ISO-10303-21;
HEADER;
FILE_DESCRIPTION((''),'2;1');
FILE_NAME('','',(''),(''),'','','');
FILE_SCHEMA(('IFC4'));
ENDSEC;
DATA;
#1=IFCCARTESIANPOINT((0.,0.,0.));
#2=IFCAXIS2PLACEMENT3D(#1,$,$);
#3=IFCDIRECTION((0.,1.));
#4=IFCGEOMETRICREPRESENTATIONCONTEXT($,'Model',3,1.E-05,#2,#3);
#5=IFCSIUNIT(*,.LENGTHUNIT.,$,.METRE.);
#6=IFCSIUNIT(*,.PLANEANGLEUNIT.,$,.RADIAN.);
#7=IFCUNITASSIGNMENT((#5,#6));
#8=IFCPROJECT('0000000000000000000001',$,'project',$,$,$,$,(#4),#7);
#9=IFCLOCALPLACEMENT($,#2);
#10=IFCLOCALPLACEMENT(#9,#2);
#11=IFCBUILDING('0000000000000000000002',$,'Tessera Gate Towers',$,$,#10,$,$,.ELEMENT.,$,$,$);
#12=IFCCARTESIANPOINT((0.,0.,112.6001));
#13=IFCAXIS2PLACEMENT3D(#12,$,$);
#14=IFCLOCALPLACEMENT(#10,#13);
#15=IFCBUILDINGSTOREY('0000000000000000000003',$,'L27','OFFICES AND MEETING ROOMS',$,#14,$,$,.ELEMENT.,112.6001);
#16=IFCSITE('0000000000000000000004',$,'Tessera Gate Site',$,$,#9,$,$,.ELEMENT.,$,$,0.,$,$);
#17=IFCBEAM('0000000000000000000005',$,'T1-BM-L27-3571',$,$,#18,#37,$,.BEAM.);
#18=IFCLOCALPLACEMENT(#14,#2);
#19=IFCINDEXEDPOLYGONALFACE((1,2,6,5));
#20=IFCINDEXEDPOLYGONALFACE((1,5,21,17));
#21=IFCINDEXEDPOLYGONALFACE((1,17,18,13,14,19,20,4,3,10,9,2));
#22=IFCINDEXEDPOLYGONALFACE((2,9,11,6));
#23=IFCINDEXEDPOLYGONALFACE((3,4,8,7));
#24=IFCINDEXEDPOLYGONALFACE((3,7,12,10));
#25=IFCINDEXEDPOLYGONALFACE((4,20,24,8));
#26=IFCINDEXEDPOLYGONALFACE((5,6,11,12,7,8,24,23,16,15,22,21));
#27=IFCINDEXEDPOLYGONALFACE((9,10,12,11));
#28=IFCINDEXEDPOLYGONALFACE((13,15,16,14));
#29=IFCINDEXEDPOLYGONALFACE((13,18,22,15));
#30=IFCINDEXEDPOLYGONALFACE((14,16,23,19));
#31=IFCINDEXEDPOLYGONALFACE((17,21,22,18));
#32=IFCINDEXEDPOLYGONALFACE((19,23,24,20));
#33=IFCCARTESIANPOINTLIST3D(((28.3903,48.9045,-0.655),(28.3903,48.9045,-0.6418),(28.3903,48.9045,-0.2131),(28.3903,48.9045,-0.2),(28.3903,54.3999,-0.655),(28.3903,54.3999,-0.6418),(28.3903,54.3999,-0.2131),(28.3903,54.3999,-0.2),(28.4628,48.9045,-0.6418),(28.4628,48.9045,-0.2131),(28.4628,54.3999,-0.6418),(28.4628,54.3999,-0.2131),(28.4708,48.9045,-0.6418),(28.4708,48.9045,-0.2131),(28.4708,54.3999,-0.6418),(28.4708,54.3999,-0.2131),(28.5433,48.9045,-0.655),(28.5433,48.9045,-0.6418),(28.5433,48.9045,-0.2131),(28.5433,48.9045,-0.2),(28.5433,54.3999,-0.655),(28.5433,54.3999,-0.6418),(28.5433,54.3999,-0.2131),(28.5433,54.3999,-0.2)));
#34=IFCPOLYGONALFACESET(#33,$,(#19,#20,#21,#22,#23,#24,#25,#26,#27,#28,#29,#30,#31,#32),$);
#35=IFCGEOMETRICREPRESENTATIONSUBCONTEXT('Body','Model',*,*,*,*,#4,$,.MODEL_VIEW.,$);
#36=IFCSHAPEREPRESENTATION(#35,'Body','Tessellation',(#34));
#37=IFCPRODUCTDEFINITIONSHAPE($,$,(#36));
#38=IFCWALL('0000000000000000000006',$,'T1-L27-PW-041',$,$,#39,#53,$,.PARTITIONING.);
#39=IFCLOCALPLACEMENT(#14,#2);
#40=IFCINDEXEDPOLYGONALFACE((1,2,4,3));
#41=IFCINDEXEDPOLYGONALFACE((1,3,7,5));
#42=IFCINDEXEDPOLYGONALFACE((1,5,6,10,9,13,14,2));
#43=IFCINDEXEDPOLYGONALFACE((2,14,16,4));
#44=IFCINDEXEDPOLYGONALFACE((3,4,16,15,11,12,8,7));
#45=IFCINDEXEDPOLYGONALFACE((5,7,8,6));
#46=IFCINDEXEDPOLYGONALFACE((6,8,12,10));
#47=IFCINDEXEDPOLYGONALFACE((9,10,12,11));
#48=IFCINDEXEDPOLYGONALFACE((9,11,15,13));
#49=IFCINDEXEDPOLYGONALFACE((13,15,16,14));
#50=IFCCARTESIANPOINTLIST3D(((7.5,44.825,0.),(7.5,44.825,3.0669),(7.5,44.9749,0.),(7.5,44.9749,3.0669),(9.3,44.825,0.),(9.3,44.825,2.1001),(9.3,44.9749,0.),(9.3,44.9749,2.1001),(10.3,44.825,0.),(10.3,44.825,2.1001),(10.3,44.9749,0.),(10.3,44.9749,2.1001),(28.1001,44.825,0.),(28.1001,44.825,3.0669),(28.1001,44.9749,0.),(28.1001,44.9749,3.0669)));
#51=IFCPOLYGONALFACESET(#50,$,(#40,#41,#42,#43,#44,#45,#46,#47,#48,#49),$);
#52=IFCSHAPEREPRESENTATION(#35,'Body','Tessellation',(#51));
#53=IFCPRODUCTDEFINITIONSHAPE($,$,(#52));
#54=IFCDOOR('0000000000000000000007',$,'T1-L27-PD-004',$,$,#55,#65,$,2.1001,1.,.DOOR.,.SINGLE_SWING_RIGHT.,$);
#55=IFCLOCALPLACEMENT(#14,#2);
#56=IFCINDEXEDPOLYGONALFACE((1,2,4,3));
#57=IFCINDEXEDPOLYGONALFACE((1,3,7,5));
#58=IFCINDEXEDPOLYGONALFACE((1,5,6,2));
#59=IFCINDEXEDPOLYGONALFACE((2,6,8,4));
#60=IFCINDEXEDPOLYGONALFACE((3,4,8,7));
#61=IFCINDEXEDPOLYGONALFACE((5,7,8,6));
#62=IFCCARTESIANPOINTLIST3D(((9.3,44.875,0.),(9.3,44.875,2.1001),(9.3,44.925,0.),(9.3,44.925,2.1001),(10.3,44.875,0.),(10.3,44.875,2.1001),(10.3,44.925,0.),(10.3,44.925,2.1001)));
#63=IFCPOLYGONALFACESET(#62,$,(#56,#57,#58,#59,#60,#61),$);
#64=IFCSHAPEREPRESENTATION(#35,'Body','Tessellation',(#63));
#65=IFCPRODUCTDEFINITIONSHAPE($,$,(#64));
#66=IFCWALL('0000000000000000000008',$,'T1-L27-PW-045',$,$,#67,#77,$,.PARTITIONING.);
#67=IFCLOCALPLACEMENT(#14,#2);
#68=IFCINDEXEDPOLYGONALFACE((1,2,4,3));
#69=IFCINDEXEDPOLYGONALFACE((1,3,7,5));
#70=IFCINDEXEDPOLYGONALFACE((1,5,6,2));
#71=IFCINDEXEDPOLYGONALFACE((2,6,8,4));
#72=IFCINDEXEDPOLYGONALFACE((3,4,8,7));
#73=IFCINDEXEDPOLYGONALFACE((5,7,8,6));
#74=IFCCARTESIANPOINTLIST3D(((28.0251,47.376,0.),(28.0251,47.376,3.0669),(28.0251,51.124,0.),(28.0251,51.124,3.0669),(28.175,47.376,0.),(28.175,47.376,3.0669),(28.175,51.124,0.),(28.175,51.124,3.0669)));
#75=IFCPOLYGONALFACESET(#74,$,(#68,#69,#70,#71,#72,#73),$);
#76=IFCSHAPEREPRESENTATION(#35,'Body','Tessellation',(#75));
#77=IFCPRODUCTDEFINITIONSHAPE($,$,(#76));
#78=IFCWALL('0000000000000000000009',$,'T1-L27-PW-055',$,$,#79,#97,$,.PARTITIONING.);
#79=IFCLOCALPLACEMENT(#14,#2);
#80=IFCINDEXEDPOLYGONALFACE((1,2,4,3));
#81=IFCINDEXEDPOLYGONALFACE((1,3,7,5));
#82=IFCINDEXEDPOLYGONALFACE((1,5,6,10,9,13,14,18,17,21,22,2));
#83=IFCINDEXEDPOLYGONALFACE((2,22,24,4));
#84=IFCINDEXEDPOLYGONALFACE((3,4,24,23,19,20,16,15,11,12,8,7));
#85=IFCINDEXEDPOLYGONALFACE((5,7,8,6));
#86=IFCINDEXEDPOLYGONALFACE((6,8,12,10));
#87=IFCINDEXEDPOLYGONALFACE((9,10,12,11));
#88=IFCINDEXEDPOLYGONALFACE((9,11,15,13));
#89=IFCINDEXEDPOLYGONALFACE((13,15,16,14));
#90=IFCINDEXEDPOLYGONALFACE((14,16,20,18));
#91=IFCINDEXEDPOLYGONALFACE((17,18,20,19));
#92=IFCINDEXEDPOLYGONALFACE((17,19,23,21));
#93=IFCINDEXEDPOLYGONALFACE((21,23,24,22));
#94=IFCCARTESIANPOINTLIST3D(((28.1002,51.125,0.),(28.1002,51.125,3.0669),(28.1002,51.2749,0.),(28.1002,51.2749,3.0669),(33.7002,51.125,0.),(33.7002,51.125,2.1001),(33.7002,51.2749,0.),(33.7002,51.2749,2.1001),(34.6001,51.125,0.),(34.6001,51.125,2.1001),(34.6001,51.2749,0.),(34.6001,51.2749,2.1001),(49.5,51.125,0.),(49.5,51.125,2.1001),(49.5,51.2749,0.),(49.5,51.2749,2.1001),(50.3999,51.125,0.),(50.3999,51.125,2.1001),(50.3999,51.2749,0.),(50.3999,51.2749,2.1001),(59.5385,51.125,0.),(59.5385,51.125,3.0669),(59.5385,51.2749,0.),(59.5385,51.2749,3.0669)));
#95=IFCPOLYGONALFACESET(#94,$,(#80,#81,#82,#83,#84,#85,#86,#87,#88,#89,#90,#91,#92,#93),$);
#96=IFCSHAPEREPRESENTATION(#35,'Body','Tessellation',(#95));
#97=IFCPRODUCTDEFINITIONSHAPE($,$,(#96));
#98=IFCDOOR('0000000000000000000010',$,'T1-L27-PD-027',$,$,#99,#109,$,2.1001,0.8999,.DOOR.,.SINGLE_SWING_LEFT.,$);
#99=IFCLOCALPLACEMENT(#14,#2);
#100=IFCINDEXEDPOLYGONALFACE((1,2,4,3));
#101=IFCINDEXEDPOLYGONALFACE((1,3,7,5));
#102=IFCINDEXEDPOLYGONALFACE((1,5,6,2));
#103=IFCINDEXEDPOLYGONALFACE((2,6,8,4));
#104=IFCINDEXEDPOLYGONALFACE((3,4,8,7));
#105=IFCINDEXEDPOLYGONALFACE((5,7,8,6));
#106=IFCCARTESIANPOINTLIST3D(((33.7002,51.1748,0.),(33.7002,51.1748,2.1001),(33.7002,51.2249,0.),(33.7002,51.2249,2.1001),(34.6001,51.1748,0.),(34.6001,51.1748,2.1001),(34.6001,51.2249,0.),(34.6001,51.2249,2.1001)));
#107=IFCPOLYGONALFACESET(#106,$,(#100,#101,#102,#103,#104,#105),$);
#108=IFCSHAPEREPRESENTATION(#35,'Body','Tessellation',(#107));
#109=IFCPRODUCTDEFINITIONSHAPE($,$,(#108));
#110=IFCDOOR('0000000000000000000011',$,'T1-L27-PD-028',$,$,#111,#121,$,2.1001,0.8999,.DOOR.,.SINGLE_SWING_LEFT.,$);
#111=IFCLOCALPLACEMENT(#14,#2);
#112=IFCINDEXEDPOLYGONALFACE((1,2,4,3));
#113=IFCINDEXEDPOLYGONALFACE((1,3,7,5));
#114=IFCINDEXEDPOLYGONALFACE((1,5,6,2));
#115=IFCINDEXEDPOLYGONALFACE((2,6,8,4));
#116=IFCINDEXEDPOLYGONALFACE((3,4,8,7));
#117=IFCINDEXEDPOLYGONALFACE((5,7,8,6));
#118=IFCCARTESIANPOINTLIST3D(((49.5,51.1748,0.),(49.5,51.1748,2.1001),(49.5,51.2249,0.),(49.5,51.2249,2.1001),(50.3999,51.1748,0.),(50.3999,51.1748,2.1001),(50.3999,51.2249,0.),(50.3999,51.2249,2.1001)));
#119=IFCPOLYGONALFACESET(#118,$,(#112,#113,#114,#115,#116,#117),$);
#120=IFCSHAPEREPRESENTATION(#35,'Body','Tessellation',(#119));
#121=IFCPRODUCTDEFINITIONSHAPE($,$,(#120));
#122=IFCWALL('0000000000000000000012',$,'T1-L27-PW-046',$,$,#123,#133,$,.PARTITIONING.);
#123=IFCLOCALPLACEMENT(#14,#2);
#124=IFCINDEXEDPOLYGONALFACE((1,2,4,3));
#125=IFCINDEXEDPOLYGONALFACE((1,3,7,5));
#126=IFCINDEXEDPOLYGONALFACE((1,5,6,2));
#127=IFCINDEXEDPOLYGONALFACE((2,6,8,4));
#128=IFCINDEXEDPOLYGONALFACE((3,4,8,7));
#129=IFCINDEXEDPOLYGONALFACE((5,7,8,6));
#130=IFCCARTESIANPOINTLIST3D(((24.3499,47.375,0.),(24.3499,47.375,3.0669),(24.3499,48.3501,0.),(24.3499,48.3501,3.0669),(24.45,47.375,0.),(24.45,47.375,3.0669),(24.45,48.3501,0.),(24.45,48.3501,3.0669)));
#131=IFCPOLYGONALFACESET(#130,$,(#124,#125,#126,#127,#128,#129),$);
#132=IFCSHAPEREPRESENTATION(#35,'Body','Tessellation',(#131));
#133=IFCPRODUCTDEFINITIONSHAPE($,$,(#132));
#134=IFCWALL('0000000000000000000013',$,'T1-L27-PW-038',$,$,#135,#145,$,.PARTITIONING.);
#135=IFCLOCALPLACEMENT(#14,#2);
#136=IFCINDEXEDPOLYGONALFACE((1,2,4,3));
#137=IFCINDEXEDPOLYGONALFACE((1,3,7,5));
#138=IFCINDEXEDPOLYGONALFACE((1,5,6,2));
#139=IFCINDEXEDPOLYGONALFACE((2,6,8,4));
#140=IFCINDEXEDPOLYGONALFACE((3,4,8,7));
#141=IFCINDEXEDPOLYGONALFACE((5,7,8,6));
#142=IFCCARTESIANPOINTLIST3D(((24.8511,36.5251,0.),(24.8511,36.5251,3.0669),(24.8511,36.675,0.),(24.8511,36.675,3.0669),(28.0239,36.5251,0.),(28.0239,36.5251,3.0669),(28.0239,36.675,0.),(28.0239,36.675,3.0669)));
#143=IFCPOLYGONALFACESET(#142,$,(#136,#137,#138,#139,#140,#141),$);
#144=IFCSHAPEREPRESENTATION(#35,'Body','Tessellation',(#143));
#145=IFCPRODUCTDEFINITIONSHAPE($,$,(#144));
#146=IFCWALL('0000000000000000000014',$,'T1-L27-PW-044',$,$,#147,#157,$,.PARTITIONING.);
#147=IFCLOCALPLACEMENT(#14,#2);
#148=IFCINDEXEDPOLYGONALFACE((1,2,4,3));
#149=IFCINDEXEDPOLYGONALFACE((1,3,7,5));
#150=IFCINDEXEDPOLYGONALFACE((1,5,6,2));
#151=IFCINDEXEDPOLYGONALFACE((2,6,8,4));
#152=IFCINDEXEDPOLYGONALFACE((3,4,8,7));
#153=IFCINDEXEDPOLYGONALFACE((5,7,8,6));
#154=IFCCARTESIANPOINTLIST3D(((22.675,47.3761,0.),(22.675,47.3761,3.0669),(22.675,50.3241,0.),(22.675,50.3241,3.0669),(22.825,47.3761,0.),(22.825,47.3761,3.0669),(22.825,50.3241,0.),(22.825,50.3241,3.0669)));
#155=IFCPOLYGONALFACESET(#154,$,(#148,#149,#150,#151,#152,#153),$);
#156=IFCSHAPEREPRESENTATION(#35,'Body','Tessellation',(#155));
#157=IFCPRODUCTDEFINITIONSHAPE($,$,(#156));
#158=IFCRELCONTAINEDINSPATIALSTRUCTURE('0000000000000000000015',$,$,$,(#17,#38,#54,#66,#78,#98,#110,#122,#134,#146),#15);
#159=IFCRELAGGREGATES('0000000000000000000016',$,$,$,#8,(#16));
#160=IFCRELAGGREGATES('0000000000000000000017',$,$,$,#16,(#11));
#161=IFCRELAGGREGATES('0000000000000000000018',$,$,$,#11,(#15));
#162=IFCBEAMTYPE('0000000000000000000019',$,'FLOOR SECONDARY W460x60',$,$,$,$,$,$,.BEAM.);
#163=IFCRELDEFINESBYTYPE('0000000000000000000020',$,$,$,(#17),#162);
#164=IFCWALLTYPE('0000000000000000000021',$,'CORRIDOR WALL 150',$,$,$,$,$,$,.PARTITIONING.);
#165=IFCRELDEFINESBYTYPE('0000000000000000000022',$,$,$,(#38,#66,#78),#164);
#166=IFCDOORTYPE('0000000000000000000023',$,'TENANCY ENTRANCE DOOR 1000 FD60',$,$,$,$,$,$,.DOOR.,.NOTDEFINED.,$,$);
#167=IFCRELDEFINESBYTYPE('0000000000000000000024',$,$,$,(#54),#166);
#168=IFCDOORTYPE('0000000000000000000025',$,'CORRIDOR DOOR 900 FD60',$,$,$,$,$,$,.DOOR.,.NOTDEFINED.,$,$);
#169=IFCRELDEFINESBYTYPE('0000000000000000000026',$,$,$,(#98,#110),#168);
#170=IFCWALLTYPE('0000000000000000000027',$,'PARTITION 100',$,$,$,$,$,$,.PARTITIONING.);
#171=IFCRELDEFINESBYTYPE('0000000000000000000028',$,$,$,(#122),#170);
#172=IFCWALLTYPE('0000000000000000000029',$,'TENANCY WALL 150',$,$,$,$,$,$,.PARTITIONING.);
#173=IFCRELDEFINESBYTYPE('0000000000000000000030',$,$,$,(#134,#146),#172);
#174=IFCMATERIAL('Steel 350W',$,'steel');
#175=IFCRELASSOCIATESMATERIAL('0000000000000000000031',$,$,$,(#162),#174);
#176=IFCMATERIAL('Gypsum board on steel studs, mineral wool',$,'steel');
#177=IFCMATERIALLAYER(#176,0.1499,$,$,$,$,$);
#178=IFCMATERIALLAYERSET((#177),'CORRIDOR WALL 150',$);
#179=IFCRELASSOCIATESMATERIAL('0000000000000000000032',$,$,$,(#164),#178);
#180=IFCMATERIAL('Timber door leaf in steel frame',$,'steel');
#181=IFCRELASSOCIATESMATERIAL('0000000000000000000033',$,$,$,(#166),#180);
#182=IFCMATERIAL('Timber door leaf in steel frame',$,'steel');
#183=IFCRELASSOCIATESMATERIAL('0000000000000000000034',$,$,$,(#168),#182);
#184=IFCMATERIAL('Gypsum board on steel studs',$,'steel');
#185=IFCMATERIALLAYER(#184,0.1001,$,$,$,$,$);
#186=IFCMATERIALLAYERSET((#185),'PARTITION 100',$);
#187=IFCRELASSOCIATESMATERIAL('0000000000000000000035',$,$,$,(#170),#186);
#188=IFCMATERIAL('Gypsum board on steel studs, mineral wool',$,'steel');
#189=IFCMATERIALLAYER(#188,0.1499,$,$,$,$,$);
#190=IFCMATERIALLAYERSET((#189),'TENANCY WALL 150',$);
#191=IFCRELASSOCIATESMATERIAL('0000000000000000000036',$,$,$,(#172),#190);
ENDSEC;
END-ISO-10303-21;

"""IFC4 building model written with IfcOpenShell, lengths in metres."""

from ifc_helpers import new_model, si_unit, direction, frame, frame_2d, origin, origin_2d, place, context, subcontext, project, spatial, rectangle, i_section, extrude, source, transform, mapped, material, layer, layer_set, material_profile, profile_set, type_object, element, fill, save


model = new_model("IFC4")

# Units and contexts
model_context = context("Model", 3, precision=1e-05, world=origin(), true_north=direction((0.0, 1.0)))
body_context = subcontext(model_context, "Body", "Model", "MODEL_VIEW")
ifc_project = project(units=[si_unit("LENGTHUNIT", "METRE"), si_unit("PLANEANGLEUNIT", "RADIAN")], contexts=[model_context])

# Site, building, storey
site_placement = place(None, origin())
site = spatial("IfcSite", under=ifc_project, at=site_placement, Name="Tessera Gate Site", CompositionType="ELEMENT", RefElevation=0.0)
building_placement = place(site_placement, origin())
building = spatial("IfcBuilding", under=site, at=building_placement, Name="Tessera Gate Towers", CompositionType="ELEMENT")
storey_placement = place(building_placement, frame((0.0, 0.0, 112.6001)))
storey = spatial("IfcBuildingStorey", under=building, at=storey_placement, Name="L27", Description="OFFICES AND MEETING ROOMS", CompositionType="ELEMENT", Elevation=112.6001)

# Beam
ifc_material_1 = material(Name="Steel 350W", Category="steel")
ifc_material_profile_1 = material_profile(ifc_material_1, i_section(OverallWidth=0.1531, OverallDepth=0.4551, WebThickness=0.0081, FlangeThickness=0.0132, at=origin_2d()), Name="W460x60")
ifc_profile_set_1 = profile_set([ifc_material_profile_1], Name="Steel 350W")
beam_type_1 = type_object("IfcBeamType", Name="FLOOR SECONDARY W460x60", PredefinedType="BEAM", material=ifc_profile_set_1)
beam_1_placement = place(storey_placement, frame((28.4668, 48.9045, -0.4275), z_axis=(0.0, 1.0, 0.0), x_axis=(-1.0, 0.0, 0.0)))
element("IfcBeam", 1, at=beam_1_placement, inside=storey, type_object=beam_type_1, Name="T1-BM-L27-3571", PredefinedType="BEAM", context=body_context, shape_type="SweptSolid", body=[
    extrude(i_section(OverallWidth=0.1531, OverallDepth=0.4551, WebThickness=0.0081, FlangeThickness=0.0132, at=origin_2d()), origin(), (0.0, 0.0, 1.0), 5.4954),
])

# Wall, opening, door
ifc_material_2 = material(Name="Gypsum board on steel studs, mineral wool", Category="steel")
ifc_layer_1 = layer(ifc_material_2, 0.1499)
ifc_layer_set_1 = layer_set([ifc_layer_1], Name="CORRIDOR WALL 150")
wall_type_1 = type_object("IfcWallType", Name="CORRIDOR WALL 150", PredefinedType="PARTITIONING", material=ifc_layer_set_1)
wall_1_placement = place(storey_placement, frame((28.1001, 44.8999, 0.0), z_axis=(0.0, 0.0, 1.0), x_axis=(-1.0, 0.0, 0.0)))
wall_1 = element("IfcWall", 2, at=wall_1_placement, inside=storey, type_object=wall_type_1, Name="T1-L27-PW-041", PredefinedType="PARTITIONING", context=body_context, shape_type="SweptSolid", body=[
    extrude(rectangle(XDim=20.6001, YDim=0.1499, at=frame_2d((10.3, 0.0))), origin(), (0.0, 0.0, 1.0), 3.0669),
])
shared_shape_1 = source(origin(), body_context, "Body", "SweptSolid", [
    extrude(rectangle(XDim=1.0, YDim=2.1001, at=frame_2d((0.5, 1.05))), frame((0.0, 0.085, 0.0), z_axis=(0.0, -1.0, 0.0), x_axis=(1.0, 0.0, 0.0)), (0.0, 0.0, 1.0), 0.1699),
])
opening_1_placement = place(wall_1_placement, frame((17.8, 0.0, 0.0)))
opening_1 = element("IfcOpeningElement", 3, at=opening_1_placement, cuts=wall_1, PredefinedType="OPENING", context=body_context, shape_type="MappedRepresentation", body=[
    mapped(shared_shape_1, transform((0.0, 0.0, 0.0), scale=1.0)),
])
ifc_material_3 = material(Name="Timber door leaf in steel frame", Category="steel")
door_type_1 = type_object("IfcDoorType", Name="TENANCY ENTRANCE DOOR 1000 FD60", OperationType="NOTDEFINED", PredefinedType="DOOR", material=ifc_material_3)
shared_shape_2 = source(origin(), body_context, "Body", "SweptSolid", [
    extrude(rectangle(XDim=1.0, YDim=2.1001, at=frame_2d((0.5, 1.05))), frame((0.0, 0.0249, 0.0), z_axis=(0.0, -1.0, 0.0), x_axis=(1.0, 0.0, 0.0)), (0.0, 0.0, 1.0), 0.05),
])
door_1_placement = place(opening_1_placement, origin())
door_1 = element("IfcDoor", 4, at=door_1_placement, inside=storey, type_object=door_type_1, Name="T1-L27-PD-004", OperationType="SINGLE_SWING_RIGHT", OverallHeight=2.1001, OverallWidth=1.0, PredefinedType="DOOR", context=body_context, shape_type="MappedRepresentation", body=[
    mapped(shared_shape_2, transform((0.0, 0.0, 0.0), scale=1.0)),
])
fill(opening_1, door_1)

# Wall
wall_2_placement = place(storey_placement, frame((28.1001, 47.376, 0.0), z_axis=(0.0, 0.0, 1.0), x_axis=(0.0, 1.0, 0.0)))
element("IfcWall", 5, at=wall_2_placement, inside=storey, type_object=wall_type_1, Name="T1-L27-PW-045", PredefinedType="PARTITIONING", context=body_context, shape_type="SweptSolid", body=[
    extrude(rectangle(XDim=3.748, YDim=0.1499, at=frame_2d((1.874, 0.0))), origin(), (0.0, 0.0, 1.0), 3.0669),
])

# Wall, openings, doors
wall_3_placement = place(storey_placement, frame((28.1001, 51.2, 0.0), z_axis=(0.0, 0.0, 1.0), x_axis=(1.0, 0.0, 0.0)))
wall_3 = element("IfcWall", 6, at=wall_3_placement, inside=storey, type_object=wall_type_1, Name="T1-L27-PW-055", PredefinedType="PARTITIONING", context=body_context, shape_type="SweptSolid", body=[
    extrude(rectangle(XDim=31.4382, YDim=0.1499, at=frame_2d((15.7192, 0.0))), origin(), (0.0, 0.0, 1.0), 3.0669),
])
shared_shape_3 = source(origin(), body_context, "Body", "SweptSolid", [
    extrude(rectangle(XDim=0.8999, YDim=2.1001, at=frame_2d((0.45, 1.05))), frame((0.0, 0.085, 0.0), z_axis=(0.0, -1.0, 0.0), x_axis=(1.0, 0.0, 0.0)), (0.0, 0.0, 1.0), 0.1699),
])
opening_2_placement = place(wall_3_placement, frame((5.6001, 0.0, 0.0)))
opening_2 = element("IfcOpeningElement", 7, at=opening_2_placement, cuts=wall_3, PredefinedType="OPENING", context=body_context, shape_type="MappedRepresentation", body=[
    mapped(shared_shape_3, transform((0.0, 0.0, 0.0), scale=1.0)),
])
opening_3_placement = place(wall_3_placement, frame((21.3999, 0.0, 0.0)))
opening_3 = element("IfcOpeningElement", 8, at=opening_3_placement, cuts=wall_3, PredefinedType="OPENING", context=body_context, shape_type="MappedRepresentation", body=[
    mapped(shared_shape_3, transform((0.0, 0.0, 0.0), scale=1.0)),
])
ifc_material_4 = material(Name="Timber door leaf in steel frame", Category="steel")
door_type_2 = type_object("IfcDoorType", Name="CORRIDOR DOOR 900 FD60", OperationType="NOTDEFINED", PredefinedType="DOOR", material=ifc_material_4)
shared_shape_4 = source(origin(), body_context, "Body", "SweptSolid", [
    extrude(rectangle(XDim=0.8999, YDim=2.1001, at=frame_2d((0.45, 1.05))), frame((0.0, 0.0249, 0.0), z_axis=(0.0, -1.0, 0.0), x_axis=(1.0, 0.0, 0.0)), (0.0, 0.0, 1.0), 0.05),
])
door_2_placement = place(opening_2_placement, origin())
door_2 = element("IfcDoor", 9, at=door_2_placement, inside=storey, type_object=door_type_2, Name="T1-L27-PD-027", OperationType="SINGLE_SWING_LEFT", OverallHeight=2.1001, OverallWidth=0.8999, PredefinedType="DOOR", context=body_context, shape_type="MappedRepresentation", body=[
    mapped(shared_shape_4, transform((0.0, 0.0, 0.0), scale=1.0)),
])
fill(opening_2, door_2)
door_3_placement = place(opening_3_placement, origin())
door_3 = element("IfcDoor", 10, at=door_3_placement, inside=storey, type_object=door_type_2, Name="T1-L27-PD-028", OperationType="SINGLE_SWING_LEFT", OverallHeight=2.1001, OverallWidth=0.8999, PredefinedType="DOOR", context=body_context, shape_type="MappedRepresentation", body=[
    mapped(shared_shape_4, transform((0.0, 0.0, 0.0), scale=1.0)),
])
fill(opening_3, door_3)

# Walls
ifc_material_5 = material(Name="Gypsum board on steel studs", Category="steel")
ifc_layer_2 = layer(ifc_material_5, 0.1001)
ifc_layer_set_2 = layer_set([ifc_layer_2], Name="PARTITION 100")
wall_type_2 = type_object("IfcWallType", Name="PARTITION 100", PredefinedType="PARTITIONING", material=ifc_layer_set_2)
wall_4_placement = place(storey_placement, frame((24.3999, 48.3501, 0.0), z_axis=(0.0, 0.0, 1.0), x_axis=(0.0, -1.0, 0.0)))
element("IfcWall", 11, at=wall_4_placement, inside=storey, type_object=wall_type_2, Name="T1-L27-PW-046", PredefinedType="PARTITIONING", context=body_context, shape_type="SweptSolid", body=[
    extrude(rectangle(XDim=0.9751, YDim=0.1001, at=frame_2d((0.4875, 0.0))), origin(), (0.0, 0.0, 1.0), 3.0669),
])
ifc_material_6 = material(Name="Gypsum board on steel studs, mineral wool", Category="steel")
ifc_layer_3 = layer(ifc_material_6, 0.1499)
ifc_layer_set_3 = layer_set([ifc_layer_3], Name="TENANCY WALL 150")
wall_type_3 = type_object("IfcWallType", Name="TENANCY WALL 150", PredefinedType="PARTITIONING", material=ifc_layer_set_3)
wall_5_placement = place(storey_placement, frame((24.8511, 36.6001, 0.0), z_axis=(0.0, 0.0, 1.0), x_axis=(1.0, 0.0, 0.0)))
element("IfcWall", 12, at=wall_5_placement, inside=storey, type_object=wall_type_3, Name="T1-L27-PW-038", PredefinedType="PARTITIONING", context=body_context, shape_type="SweptSolid", body=[
    extrude(rectangle(XDim=3.1729, YDim=0.1499, at=frame_2d((1.5864, 0.0))), origin(), (0.0, 0.0, 1.0), 3.0669),
])
wall_6_placement = place(storey_placement, frame((22.75, 47.376, 0.0), z_axis=(0.0, 0.0, 1.0), x_axis=(0.0, 1.0, 0.0)))
element("IfcWall", 13, at=wall_6_placement, inside=storey, type_object=wall_type_3, Name="T1-L27-PW-044", PredefinedType="PARTITIONING", context=body_context, shape_type="SweptSolid", body=[
    extrude(rectangle(XDim=2.948, YDim=0.1499, at=frame_2d((1.4741, 0.0))), origin(), (0.0, 0.0, 1.0), 3.0669),
])

save(model, "model.ifc")
